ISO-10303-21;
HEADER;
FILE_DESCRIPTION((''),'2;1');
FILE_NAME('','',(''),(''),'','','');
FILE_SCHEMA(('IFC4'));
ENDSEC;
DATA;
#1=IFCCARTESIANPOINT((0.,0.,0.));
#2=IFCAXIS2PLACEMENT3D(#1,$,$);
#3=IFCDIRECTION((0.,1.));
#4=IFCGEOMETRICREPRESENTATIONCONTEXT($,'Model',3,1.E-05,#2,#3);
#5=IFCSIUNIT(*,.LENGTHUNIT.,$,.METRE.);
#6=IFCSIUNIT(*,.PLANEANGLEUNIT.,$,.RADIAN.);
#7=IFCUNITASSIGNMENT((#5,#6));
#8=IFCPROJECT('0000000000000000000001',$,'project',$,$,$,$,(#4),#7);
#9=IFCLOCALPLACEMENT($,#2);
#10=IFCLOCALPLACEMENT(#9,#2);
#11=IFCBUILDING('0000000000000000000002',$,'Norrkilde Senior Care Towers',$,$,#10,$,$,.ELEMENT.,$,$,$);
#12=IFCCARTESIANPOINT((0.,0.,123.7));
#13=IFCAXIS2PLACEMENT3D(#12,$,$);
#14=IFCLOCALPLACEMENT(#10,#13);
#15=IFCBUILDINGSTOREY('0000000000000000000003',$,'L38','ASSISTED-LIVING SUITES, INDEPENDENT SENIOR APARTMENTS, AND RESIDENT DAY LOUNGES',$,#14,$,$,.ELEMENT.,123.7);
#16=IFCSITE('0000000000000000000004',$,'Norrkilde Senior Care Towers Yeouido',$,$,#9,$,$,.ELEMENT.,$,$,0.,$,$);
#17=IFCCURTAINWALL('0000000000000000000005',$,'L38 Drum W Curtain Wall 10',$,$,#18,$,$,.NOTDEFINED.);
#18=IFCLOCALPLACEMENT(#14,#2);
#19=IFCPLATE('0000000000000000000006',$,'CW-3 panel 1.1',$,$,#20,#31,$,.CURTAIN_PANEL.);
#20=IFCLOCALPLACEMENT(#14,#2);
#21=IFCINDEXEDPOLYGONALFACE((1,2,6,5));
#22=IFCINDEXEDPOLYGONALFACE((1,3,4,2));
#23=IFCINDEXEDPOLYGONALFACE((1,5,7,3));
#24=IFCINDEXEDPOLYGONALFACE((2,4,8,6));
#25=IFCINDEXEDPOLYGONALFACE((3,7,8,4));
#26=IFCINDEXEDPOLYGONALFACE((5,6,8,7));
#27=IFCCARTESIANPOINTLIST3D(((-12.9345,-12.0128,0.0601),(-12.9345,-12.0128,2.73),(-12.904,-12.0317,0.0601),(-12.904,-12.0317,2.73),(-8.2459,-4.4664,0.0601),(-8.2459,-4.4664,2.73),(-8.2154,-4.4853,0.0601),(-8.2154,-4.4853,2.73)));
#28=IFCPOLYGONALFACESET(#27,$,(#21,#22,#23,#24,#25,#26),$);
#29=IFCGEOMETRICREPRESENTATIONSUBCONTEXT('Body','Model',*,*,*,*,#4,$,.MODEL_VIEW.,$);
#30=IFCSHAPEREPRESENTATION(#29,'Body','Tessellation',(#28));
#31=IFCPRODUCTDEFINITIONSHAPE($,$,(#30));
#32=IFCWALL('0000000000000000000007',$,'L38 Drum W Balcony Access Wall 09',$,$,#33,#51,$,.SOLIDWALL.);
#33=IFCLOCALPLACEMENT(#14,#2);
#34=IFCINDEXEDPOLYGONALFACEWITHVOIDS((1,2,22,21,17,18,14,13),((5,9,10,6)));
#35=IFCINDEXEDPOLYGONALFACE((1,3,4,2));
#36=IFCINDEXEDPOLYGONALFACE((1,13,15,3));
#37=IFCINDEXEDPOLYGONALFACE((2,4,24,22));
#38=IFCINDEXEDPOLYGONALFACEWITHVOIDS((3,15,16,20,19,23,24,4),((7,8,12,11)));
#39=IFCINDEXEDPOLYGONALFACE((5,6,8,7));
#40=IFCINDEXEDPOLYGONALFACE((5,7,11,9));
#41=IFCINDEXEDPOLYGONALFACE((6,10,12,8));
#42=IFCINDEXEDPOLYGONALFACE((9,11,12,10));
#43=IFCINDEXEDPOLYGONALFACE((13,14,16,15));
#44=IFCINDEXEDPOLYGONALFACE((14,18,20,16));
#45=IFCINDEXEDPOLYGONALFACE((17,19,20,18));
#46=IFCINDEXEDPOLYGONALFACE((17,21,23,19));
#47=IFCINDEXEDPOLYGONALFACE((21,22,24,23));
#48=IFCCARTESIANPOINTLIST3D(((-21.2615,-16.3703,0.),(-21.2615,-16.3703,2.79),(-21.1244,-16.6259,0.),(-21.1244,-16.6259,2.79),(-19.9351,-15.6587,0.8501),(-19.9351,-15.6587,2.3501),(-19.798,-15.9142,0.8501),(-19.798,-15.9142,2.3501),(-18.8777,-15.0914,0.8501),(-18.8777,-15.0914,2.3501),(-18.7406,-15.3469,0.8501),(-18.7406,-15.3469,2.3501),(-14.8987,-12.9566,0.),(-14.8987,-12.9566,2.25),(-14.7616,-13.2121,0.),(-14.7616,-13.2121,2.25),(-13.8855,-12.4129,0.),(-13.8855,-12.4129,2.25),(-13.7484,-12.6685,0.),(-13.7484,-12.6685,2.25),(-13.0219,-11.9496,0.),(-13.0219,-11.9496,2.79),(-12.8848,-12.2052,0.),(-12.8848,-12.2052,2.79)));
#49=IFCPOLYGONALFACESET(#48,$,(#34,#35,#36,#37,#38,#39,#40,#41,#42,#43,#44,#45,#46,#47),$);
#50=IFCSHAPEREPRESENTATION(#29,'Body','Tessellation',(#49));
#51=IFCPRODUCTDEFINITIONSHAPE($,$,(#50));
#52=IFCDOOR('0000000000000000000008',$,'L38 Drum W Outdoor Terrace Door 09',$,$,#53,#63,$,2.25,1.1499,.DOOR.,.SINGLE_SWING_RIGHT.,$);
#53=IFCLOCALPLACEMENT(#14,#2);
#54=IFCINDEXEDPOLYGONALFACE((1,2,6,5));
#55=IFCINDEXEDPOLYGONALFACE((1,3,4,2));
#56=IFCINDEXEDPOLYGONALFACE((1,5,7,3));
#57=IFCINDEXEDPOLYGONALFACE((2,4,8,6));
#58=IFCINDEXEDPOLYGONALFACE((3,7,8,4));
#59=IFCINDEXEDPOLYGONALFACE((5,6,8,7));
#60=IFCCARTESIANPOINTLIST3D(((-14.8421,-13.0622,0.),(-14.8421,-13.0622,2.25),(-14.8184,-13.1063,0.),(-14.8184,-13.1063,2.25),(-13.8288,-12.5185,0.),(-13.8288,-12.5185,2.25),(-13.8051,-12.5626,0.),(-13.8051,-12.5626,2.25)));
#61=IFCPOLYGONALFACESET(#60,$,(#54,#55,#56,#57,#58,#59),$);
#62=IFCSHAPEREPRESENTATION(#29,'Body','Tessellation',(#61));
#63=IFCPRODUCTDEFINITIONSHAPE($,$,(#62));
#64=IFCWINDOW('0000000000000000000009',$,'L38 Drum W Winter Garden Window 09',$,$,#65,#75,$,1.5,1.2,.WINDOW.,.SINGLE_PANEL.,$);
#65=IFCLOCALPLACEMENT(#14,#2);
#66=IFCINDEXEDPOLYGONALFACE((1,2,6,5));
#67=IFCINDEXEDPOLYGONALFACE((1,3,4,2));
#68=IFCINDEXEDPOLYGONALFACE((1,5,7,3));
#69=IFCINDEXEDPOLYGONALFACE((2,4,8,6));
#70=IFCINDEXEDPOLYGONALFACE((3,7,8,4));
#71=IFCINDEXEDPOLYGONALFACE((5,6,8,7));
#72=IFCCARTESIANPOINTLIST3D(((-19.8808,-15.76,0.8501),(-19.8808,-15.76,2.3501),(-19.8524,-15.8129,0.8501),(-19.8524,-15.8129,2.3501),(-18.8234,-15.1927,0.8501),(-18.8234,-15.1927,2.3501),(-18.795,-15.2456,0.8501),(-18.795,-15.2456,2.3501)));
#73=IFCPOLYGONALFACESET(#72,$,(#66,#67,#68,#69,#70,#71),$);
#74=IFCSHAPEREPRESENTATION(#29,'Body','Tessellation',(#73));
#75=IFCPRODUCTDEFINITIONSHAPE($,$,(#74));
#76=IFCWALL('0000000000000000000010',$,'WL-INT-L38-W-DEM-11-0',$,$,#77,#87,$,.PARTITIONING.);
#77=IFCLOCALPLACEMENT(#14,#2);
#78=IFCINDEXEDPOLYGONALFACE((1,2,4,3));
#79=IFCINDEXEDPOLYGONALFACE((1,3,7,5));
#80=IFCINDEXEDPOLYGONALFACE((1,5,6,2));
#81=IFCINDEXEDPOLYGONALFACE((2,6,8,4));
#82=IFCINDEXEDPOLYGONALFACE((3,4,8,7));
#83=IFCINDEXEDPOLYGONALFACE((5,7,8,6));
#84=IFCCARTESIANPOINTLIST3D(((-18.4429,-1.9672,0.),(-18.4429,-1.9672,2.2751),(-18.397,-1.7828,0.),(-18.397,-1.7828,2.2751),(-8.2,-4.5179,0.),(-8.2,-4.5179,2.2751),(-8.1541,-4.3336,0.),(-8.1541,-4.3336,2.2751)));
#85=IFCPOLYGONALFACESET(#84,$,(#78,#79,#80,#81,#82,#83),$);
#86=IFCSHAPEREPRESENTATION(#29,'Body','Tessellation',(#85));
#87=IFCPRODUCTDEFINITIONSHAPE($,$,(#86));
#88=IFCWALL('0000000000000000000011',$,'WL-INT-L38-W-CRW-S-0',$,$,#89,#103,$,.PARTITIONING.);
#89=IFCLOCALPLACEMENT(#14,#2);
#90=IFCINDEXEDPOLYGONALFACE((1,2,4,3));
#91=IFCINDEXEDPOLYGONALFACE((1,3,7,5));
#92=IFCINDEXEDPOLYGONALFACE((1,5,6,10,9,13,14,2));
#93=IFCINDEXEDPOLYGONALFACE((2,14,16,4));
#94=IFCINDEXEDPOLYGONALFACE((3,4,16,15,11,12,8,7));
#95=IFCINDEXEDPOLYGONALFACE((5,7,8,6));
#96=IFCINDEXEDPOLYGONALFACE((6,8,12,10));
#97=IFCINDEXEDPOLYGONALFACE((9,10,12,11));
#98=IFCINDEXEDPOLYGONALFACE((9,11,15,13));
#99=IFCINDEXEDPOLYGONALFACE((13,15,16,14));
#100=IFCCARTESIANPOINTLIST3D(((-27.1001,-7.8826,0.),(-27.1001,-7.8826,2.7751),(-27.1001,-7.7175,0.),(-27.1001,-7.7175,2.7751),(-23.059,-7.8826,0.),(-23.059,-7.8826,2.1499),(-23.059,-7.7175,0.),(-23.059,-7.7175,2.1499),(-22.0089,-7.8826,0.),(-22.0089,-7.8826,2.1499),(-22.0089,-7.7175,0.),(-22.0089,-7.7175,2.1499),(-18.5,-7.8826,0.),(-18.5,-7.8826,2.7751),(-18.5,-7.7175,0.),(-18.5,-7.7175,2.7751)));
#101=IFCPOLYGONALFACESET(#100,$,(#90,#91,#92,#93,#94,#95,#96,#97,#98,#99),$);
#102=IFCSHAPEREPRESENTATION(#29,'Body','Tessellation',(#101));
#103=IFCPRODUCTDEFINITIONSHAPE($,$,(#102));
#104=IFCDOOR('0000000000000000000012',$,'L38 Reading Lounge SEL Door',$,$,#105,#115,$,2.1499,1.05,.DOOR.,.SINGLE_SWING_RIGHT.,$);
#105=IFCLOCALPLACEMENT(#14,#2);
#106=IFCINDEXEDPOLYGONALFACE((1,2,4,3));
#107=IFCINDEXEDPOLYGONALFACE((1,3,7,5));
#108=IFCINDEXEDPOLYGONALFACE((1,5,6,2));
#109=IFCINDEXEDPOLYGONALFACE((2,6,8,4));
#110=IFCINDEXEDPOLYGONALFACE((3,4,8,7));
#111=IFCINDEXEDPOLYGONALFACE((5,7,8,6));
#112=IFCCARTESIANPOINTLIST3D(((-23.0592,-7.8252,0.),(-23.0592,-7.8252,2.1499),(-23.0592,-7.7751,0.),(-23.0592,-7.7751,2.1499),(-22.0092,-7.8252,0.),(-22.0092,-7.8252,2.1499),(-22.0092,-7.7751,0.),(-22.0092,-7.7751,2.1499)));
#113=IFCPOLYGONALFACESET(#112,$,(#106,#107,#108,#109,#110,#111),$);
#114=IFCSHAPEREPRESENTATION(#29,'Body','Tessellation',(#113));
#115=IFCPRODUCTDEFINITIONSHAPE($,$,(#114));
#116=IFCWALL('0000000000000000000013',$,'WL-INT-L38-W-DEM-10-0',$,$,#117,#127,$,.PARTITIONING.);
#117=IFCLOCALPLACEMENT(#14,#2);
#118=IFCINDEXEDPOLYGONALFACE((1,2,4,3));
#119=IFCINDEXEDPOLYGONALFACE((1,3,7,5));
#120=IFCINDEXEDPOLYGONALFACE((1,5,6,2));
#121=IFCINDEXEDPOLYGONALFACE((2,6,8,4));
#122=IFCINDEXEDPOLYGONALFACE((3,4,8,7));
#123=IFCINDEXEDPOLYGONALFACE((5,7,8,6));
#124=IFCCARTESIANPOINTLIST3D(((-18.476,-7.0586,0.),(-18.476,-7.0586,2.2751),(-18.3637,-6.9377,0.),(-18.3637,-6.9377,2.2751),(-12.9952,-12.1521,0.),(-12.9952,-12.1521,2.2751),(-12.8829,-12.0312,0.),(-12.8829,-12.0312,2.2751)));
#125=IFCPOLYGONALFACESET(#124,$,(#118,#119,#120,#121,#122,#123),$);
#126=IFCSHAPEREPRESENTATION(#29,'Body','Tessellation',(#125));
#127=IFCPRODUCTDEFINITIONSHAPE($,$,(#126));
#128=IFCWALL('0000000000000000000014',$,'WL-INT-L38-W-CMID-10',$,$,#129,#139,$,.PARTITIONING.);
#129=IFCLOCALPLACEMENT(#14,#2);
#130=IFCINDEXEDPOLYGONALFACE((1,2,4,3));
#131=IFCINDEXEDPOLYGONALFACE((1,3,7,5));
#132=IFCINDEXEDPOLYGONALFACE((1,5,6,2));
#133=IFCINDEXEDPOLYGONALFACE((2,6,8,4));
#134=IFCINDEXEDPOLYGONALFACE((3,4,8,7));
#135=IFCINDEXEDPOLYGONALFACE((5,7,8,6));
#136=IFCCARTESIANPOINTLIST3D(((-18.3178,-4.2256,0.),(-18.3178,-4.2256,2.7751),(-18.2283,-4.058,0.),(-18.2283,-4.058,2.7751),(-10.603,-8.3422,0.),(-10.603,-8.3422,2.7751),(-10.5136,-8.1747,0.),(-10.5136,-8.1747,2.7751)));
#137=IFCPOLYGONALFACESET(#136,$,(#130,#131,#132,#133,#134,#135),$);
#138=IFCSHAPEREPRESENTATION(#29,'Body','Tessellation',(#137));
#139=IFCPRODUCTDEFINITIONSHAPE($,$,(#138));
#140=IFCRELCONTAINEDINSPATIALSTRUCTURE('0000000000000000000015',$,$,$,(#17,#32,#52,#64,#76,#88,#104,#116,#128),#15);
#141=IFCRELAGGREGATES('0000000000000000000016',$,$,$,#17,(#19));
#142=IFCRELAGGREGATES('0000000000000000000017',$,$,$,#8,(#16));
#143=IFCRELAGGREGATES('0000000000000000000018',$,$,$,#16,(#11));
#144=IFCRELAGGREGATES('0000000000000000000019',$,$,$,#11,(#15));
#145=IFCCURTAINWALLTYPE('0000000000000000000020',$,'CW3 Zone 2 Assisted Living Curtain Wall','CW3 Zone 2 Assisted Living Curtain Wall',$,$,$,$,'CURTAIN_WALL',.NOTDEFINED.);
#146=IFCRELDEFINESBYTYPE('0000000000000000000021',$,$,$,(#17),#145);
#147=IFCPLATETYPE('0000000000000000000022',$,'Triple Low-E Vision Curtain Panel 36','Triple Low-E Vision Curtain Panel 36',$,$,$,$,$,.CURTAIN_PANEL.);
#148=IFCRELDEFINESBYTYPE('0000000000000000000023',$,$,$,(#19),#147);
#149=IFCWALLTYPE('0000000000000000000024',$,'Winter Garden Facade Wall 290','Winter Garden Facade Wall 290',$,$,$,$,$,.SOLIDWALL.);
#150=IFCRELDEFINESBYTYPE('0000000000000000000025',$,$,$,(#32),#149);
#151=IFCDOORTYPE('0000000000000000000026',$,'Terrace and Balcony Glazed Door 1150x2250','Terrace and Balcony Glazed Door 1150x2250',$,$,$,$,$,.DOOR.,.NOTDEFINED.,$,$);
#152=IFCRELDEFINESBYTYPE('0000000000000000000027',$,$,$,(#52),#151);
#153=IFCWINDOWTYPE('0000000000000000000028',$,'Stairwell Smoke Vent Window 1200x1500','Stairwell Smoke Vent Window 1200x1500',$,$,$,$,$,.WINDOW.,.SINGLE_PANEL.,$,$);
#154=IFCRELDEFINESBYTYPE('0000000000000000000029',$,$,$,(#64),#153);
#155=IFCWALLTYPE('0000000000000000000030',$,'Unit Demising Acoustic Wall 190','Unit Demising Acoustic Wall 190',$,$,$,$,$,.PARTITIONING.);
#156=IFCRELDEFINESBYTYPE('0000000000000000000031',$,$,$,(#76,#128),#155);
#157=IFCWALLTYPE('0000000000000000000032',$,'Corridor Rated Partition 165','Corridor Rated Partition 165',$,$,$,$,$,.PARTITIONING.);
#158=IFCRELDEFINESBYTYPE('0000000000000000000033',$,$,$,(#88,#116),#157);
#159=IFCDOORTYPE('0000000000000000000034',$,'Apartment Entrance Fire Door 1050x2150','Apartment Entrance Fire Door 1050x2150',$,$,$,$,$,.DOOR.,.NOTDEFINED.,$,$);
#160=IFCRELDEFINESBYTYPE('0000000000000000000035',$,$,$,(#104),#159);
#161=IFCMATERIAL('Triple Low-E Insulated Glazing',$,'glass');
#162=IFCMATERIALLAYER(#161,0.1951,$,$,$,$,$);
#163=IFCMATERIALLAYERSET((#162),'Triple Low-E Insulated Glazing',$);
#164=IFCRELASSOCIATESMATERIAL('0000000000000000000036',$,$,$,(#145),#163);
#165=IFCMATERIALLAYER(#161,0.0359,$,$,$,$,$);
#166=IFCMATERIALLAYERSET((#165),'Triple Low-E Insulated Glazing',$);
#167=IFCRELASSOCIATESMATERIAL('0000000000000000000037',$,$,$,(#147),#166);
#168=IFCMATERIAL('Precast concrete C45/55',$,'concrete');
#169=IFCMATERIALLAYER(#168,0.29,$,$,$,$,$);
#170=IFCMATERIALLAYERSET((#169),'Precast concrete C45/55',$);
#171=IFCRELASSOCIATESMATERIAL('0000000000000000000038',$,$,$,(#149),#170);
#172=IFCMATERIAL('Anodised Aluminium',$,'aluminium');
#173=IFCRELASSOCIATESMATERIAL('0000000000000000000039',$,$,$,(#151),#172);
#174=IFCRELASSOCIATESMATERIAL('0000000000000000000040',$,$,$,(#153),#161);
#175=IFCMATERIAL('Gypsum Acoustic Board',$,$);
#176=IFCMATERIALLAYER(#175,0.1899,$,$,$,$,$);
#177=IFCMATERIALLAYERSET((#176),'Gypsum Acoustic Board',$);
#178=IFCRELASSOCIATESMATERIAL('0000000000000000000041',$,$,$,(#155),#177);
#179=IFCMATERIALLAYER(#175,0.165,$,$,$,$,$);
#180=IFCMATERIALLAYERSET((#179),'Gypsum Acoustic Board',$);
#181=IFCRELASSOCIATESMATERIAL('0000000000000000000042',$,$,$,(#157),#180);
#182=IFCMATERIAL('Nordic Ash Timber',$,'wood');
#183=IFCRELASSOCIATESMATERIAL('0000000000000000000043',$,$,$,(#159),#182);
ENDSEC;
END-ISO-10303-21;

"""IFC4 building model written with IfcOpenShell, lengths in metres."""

from ifc_helpers import new_model, si_unit, direction, frame, frame_2d, origin, origin_2d, place, context, subcontext, project, spatial, rectangle, extrude, source, transform, mapped, material, layer, layer_set, type_object, type_shapes, element, fill, aggregate, save


model = new_model("IFC4")

# Units and contexts
model_context = context("Model", 3, precision=1e-05, world=origin(), true_north=direction((0.0, 1.0)))
body_context = subcontext(model_context, "Body", "Model", "MODEL_VIEW")
ifc_project = project(units=[si_unit("LENGTHUNIT", "METRE"), si_unit("PLANEANGLEUNIT", "RADIAN")], contexts=[model_context])

# Site, building, storey
site_placement = place(None, origin())
site = spatial("IfcSite", under=ifc_project, at=site_placement, Name="Norrkilde Senior Care Towers Yeouido", CompositionType="ELEMENT", RefElevation=0.0)
building_placement = place(site_placement, origin())
building = spatial("IfcBuilding", under=site, at=building_placement, Name="Norrkilde Senior Care Towers", CompositionType="ELEMENT")
storey_placement = place(building_placement, frame((0.0, 0.0, 123.7)))
storey = spatial("IfcBuildingStorey", under=building, at=storey_placement, Name="L38", Description="ASSISTED-LIVING SUITES, INDEPENDENT SENIOR APARTMENTS, AND RESIDENT DAY LOUNGES", CompositionType="ELEMENT", Elevation=123.7)

# Curtain wall
ifc_material_1 = material(Name="Triple Low-E Insulated Glazing", Category="glass")
ifc_layer_1 = layer(ifc_material_1, 0.1951)
ifc_layer_set_1 = layer_set([ifc_layer_1], Name="Triple Low-E Insulated Glazing")
curtain_wall_type = type_object("IfcCurtainWallType", Name="CW3 Zone 2 Assisted Living Curtain Wall", Description="CW3 Zone 2 Assisted Living Curtain Wall", ElementType="CURTAIN_WALL", PredefinedType="NOTDEFINED", material=ifc_layer_set_1)
curtain_wall_1_placement = place(storey_placement, origin())
curtain_wall_1 = element("IfcCurtainWall", 1, at=curtain_wall_1_placement, inside=storey, type_object=curtain_wall_type, Name="L38 Drum W Curtain Wall 10", PredefinedType="NOTDEFINED")
ifc_material_2 = material(Name="Anodised Aluminium", Category="aluminium")

# Plate
ifc_layer_2 = layer(ifc_material_1, 0.0359)
ifc_layer_set_2 = layer_set([ifc_layer_2], Name="Triple Low-E Insulated Glazing")
plate_type = type_object("IfcPlateType", Name="Triple Low-E Vision Curtain Panel 36", Description="Triple Low-E Vision Curtain Panel 36", PredefinedType="CURTAIN_PANEL", material=ifc_layer_set_2)
shared_shape_1 = source(origin(), body_context, "Body", "SweptSolid", [
    extrude(rectangle(XDim=8.8843, YDim=0.0359, at=origin_2d()), origin(), (0.0, 0.0, 1.0), 2.6699),
])
type_shapes(plate_type, [shared_shape_1])
plate_placement = place(storey_placement, frame((-10.575, -8.249, 0.0601), z_axis=(0.0, 0.0, 1.0), x_axis=(-0.527733, -0.84941, 0.0)))
plate = element("IfcPlate", 2, at=plate_placement, type_object=plate_type, Name="CW-3 panel 1.1", PredefinedType="CURTAIN_PANEL", context=body_context, shape_type="MappedRepresentation", body=[
    mapped(shared_shape_1, transform((0.0, 0.0, 0.0), x_axis=(1.0, 0.0, 0.0), y_axis=(0.0, 1.0, 0.0), z_axis=(0.0, 0.0, 1.0), scale=1.0)),
])
aggregate(curtain_wall_1, [plate])

# Wall, openings, door, window
ifc_material_3 = material(Name="Precast concrete C45/55", Category="concrete")
ifc_layer_3 = layer(ifc_material_3, 0.29)
ifc_layer_set_3 = layer_set([ifc_layer_3], Name="Precast concrete C45/55")
wall_type_1 = type_object("IfcWallType", Name="Winter Garden Facade Wall 290", Description="Winter Garden Facade Wall 290", PredefinedType="SOLIDWALL", material=ifc_layer_set_3)
shared_shape_2 = source(origin(), body_context, "Body", "SweptSolid", [
    extrude(rectangle(XDim=9.3506, YDim=0.29, at=frame_2d((4.6753, 0.0))), origin(), (0.0, 0.0, 1.0), 2.79),
])
type_shapes(wall_type_1, [shared_shape_2])
wall_1_placement = place(storey_placement, frame((-12.9534, -12.0774, 0.0), z_axis=(0.0, 0.0, 1.0), x_axis=(-0.881184, -0.472773, 0.0)))
wall_1 = element("IfcWall", 3, at=wall_1_placement, inside=storey, type_object=wall_type_1, Name="L38 Drum W Balcony Access Wall 09", PredefinedType="SOLIDWALL", context=body_context, shape_type="MappedRepresentation", body=[
    mapped(shared_shape_2, transform((0.0, 0.0, 0.0), x_axis=(1.0, 0.0, 0.0), y_axis=(0.0, 1.0, 0.0), z_axis=(0.0, 0.0, 1.0), scale=1.0)),
])
opening_1_placement = place(wall_1_placement, frame((0.98, 0.0, 0.0)))
opening_1 = element("IfcOpeningElement", 4, at=opening_1_placement, cuts=wall_1, PredefinedType="OPENING", context=body_context, shape_type="SweptSolid", body=[
    extrude(rectangle(XDim=1.1499, YDim=2.25, at=frame_2d((0.575, 1.125))), frame((0.0, 0.155, 0.0), z_axis=(0.0, -1.0, 0.0), x_axis=(1.0, 0.0, 0.0)), (0.0, 0.0, 1.0), 0.3101),
])
opening_2_placement = place(wall_1_placement, frame((6.6453, 0.0, 0.8501)))
opening_2 = element("IfcOpeningElement", 5, at=opening_2_placement, cuts=wall_1, PredefinedType="OPENING", context=body_context, shape_type="SweptSolid", body=[
    extrude(rectangle(XDim=1.2, YDim=1.5, at=frame_2d((0.6001, 0.75))), frame((0.0, 0.155, 0.0), z_axis=(0.0, -1.0, 0.0), x_axis=(1.0, 0.0, 0.0)), (0.0, 0.0, 1.0), 0.3101),
])
door_type_1 = type_object("IfcDoorType", Name="Terrace and Balcony Glazed Door 1150x2250", Description="Terrace and Balcony Glazed Door 1150x2250", OperationType="NOTDEFINED", PredefinedType="DOOR", material=ifc_material_2)
shared_shape_3 = source(origin(), body_context, "Body", "SweptSolid", [
    extrude(rectangle(XDim=1.1499, YDim=2.25, at=frame_2d((0.575, 1.125))), frame((0.0, 0.0249, 0.0), z_axis=(0.0, -1.0, 0.0), x_axis=(1.0, 0.0, 0.0)), (0.0, 0.0, 1.0), 0.05),
])
type_shapes(door_type_1, [shared_shape_3])
door_1_placement = place(opening_1_placement, origin())
door_1 = element("IfcDoor", 6, at=door_1_placement, inside=storey, type_object=door_type_1, Name="L38 Drum W Outdoor Terrace Door 09", OperationType="SINGLE_SWING_RIGHT", OverallHeight=2.25, OverallWidth=1.1499, PredefinedType="DOOR", context=body_context, shape_type="MappedRepresentation", body=[
    mapped(shared_shape_3, transform((0.0, 0.0, 0.0), x_axis=(1.0, 0.0, 0.0), y_axis=(0.0, 1.0, 0.0), z_axis=(0.0, 0.0, 1.0), scale=1.0)),
])
fill(opening_1, door_1)
window_type = type_object("IfcWindowType", Name="Stairwell Smoke Vent Window 1200x1500", Description="Stairwell Smoke Vent Window 1200x1500", PartitioningType="SINGLE_PANEL", PredefinedType="WINDOW", material=ifc_material_1)
shared_shape_4 = source(origin(), body_context, "Body", "SweptSolid", [
    extrude(rectangle(XDim=1.2, YDim=1.5, at=frame_2d((0.6001, 0.75))), frame((0.0, 0.03, 0.0), z_axis=(0.0, -1.0, 0.0), x_axis=(1.0, 0.0, 0.0)), (0.0, 0.0, 1.0), 0.0601),
])
type_shapes(window_type, [shared_shape_4])
window_placement = place(opening_2_placement, origin())
window = element("IfcWindow", 7, at=window_placement, inside=storey, type_object=window_type, Name="L38 Drum W Winter Garden Window 09", OverallHeight=1.5, OverallWidth=1.2, PartitioningType="SINGLE_PANEL", PredefinedType="WINDOW", context=body_context, shape_type="MappedRepresentation", body=[
    mapped(shared_shape_4, transform((0.0, 0.0, 0.0), x_axis=(1.0, 0.0, 0.0), y_axis=(0.0, 1.0, 0.0), z_axis=(0.0, 0.0, 1.0), scale=1.0)),
])
fill(opening_2, window)

# Wall
ifc_material_4 = material(Name="Gypsum Acoustic Board")
ifc_layer_4 = layer(ifc_material_4, 0.1899)
ifc_layer_set_4 = layer_set([ifc_layer_4], Name="Gypsum Acoustic Board")
wall_type_2 = type_object("IfcWallType", Name="Unit Demising Acoustic Wall 190", Description="Unit Demising Acoustic Wall 190", PredefinedType="PARTITIONING", material=ifc_layer_set_4)
shared_shape_5 = source(origin(), body_context, "Body", "SweptSolid", [
    extrude(rectangle(XDim=10.5557, YDim=0.1899, at=frame_2d((5.2778, 0.0))), origin(), (0.0, 0.0, 1.0), 2.2751),
])
wall_2_placement = place(storey_placement, frame((-18.4199, -1.875, 0.0), z_axis=(0.0, 0.0, 1.0), x_axis=(0.970364, -0.241648, 0.0)))
element("IfcWall", 8, at=wall_2_placement, inside=storey, type_object=wall_type_2, Name="WL-INT-L38-W-DEM-11-0", PredefinedType="PARTITIONING", context=body_context, shape_type="MappedRepresentation", body=[
    mapped(shared_shape_5, transform((0.0, 0.0, 0.0), x_axis=(1.0, 0.0, 0.0), y_axis=(0.0, 1.0, 0.0), z_axis=(0.0, 0.0, 1.0), scale=1.0)),
])

# Wall, opening, door
ifc_layer_5 = layer(ifc_material_4, 0.165)
ifc_layer_set_5 = layer_set([ifc_layer_5], Name="Gypsum Acoustic Board")
wall_type_3 = type_object("IfcWallType", Name="Corridor Rated Partition 165", Description="Corridor Rated Partition 165", PredefinedType="PARTITIONING", material=ifc_layer_set_5)
shared_shape_6 = source(origin(), body_context, "Body", "SweptSolid", [
    extrude(rectangle(XDim=8.6001, YDim=0.165, at=frame_2d((4.3, 0.0))), origin(), (0.0, 0.0, 1.0), 2.7751),
])
wall_3_placement = place(storey_placement, frame((-18.5, -7.8, 0.0), z_axis=(0.0, 0.0, 1.0), x_axis=(-1.0, 0.0, 0.0)))
wall_3 = element("IfcWall", 9, at=wall_3_placement, inside=storey, type_object=wall_type_3, Name="WL-INT-L38-W-CRW-S-0", PredefinedType="PARTITIONING", context=body_context, shape_type="MappedRepresentation", body=[
    mapped(shared_shape_6, transform((0.0, 0.0, 0.0), x_axis=(1.0, 0.0, 0.0), y_axis=(0.0, 1.0, 0.0), z_axis=(0.0, 0.0, 1.0), scale=1.0)),
])
opening_3_placement = place(wall_3_placement, frame((3.509, 0.0, 0.0)))
opening_3 = element("IfcOpeningElement", 10, at=opening_3_placement, cuts=wall_3, PredefinedType="OPENING", context=body_context, shape_type="SweptSolid", body=[
    extrude(rectangle(XDim=1.05, YDim=2.1499, at=frame_2d((0.5249, 1.075))), frame((0.0, 0.0925, 0.0), z_axis=(0.0, -1.0, 0.0), x_axis=(1.0, 0.0, 0.0)), (0.0, 0.0, 1.0), 0.1851),
])
ifc_material_5 = material(Name="Nordic Ash Timber", Category="wood")
door_type_2 = type_object("IfcDoorType", Name="Apartment Entrance Fire Door 1050x2150", Description="Apartment Entrance Fire Door 1050x2150", OperationType="NOTDEFINED", PredefinedType="DOOR", material=ifc_material_5)
shared_shape_7 = source(origin(), body_context, "Body", "SweptSolid", [
    extrude(rectangle(XDim=1.05, YDim=2.1499, at=frame_2d((0.5249, 1.075))), frame((0.0, 0.0249, 0.0), z_axis=(0.0, -1.0, 0.0), x_axis=(1.0, 0.0, 0.0)), (0.0, 0.0, 1.0), 0.05),
])
type_shapes(door_type_2, [shared_shape_7])
door_2_placement = place(opening_3_placement, frame((1.05, 0.0, 0.0), z_axis=(0.0, 0.0, 1.0), x_axis=(-1.0, 0.0, 0.0)))
door_2 = element("IfcDoor", 11, at=door_2_placement, inside=storey, type_object=door_type_2, Name="L38 Reading Lounge SEL Door", OperationType="SINGLE_SWING_RIGHT", OverallHeight=2.1499, OverallWidth=1.05, PredefinedType="DOOR", context=body_context, shape_type="MappedRepresentation", body=[
    mapped(shared_shape_7, transform((0.0, 0.0, 0.0), x_axis=(1.0, 0.0, 0.0), y_axis=(0.0, 1.0, 0.0), z_axis=(0.0, 0.0, 1.0), scale=1.0)),
])
fill(opening_3, door_2)

# Walls
shared_shape_8 = source(origin(), body_context, "Body", "SweptSolid", [
    extrude(rectangle(XDim=7.4822, YDim=0.165, at=frame_2d((3.7412, 0.0))), origin(), (0.0, 0.0, 1.0), 2.2751),
])
type_shapes(wall_type_3, [shared_shape_6, shared_shape_8])
wall_4_placement = place(storey_placement, frame((-18.4199, -6.998, 0.0), z_axis=(0.0, 0.0, 1.0), x_axis=(0.732509, -0.680758, 0.0)))
element("IfcWall", 12, at=wall_4_placement, inside=storey, type_object=wall_type_3, Name="WL-INT-L38-W-DEM-10-0", PredefinedType="PARTITIONING", context=body_context, shape_type="MappedRepresentation", body=[
    mapped(shared_shape_8, transform((0.0, 0.0, 0.0), x_axis=(1.0, 0.0, 0.0), y_axis=(0.0, 1.0, 0.0), z_axis=(0.0, 0.0, 1.0), scale=1.0)),
])
shared_shape_9 = source(origin(), body_context, "Body", "SweptSolid", [
    extrude(rectangle(XDim=8.7444, YDim=0.1899, at=frame_2d((4.3721, 0.0))), origin(), (0.0, 0.0, 1.0), 2.7751),
])
wall_5_placement = place(storey_placement, frame((-18.2729, -4.1418, 0.0), z_axis=(0.0, 0.0, 1.0), x_axis=(0.882252, -0.470777, 0.0)))
element("IfcWall", 13, at=wall_5_placement, inside=storey, type_object=wall_type_2, Name="WL-INT-L38-W-CMID-10", PredefinedType="PARTITIONING", context=body_context, shape_type="MappedRepresentation", body=[
    mapped(shared_shape_9, transform((0.0, 0.0, 0.0), x_axis=(1.0, 0.0, 0.0), y_axis=(0.0, 1.0, 0.0), z_axis=(0.0, 0.0, 1.0), scale=1.0)),
])

save(model, "model.ifc")
